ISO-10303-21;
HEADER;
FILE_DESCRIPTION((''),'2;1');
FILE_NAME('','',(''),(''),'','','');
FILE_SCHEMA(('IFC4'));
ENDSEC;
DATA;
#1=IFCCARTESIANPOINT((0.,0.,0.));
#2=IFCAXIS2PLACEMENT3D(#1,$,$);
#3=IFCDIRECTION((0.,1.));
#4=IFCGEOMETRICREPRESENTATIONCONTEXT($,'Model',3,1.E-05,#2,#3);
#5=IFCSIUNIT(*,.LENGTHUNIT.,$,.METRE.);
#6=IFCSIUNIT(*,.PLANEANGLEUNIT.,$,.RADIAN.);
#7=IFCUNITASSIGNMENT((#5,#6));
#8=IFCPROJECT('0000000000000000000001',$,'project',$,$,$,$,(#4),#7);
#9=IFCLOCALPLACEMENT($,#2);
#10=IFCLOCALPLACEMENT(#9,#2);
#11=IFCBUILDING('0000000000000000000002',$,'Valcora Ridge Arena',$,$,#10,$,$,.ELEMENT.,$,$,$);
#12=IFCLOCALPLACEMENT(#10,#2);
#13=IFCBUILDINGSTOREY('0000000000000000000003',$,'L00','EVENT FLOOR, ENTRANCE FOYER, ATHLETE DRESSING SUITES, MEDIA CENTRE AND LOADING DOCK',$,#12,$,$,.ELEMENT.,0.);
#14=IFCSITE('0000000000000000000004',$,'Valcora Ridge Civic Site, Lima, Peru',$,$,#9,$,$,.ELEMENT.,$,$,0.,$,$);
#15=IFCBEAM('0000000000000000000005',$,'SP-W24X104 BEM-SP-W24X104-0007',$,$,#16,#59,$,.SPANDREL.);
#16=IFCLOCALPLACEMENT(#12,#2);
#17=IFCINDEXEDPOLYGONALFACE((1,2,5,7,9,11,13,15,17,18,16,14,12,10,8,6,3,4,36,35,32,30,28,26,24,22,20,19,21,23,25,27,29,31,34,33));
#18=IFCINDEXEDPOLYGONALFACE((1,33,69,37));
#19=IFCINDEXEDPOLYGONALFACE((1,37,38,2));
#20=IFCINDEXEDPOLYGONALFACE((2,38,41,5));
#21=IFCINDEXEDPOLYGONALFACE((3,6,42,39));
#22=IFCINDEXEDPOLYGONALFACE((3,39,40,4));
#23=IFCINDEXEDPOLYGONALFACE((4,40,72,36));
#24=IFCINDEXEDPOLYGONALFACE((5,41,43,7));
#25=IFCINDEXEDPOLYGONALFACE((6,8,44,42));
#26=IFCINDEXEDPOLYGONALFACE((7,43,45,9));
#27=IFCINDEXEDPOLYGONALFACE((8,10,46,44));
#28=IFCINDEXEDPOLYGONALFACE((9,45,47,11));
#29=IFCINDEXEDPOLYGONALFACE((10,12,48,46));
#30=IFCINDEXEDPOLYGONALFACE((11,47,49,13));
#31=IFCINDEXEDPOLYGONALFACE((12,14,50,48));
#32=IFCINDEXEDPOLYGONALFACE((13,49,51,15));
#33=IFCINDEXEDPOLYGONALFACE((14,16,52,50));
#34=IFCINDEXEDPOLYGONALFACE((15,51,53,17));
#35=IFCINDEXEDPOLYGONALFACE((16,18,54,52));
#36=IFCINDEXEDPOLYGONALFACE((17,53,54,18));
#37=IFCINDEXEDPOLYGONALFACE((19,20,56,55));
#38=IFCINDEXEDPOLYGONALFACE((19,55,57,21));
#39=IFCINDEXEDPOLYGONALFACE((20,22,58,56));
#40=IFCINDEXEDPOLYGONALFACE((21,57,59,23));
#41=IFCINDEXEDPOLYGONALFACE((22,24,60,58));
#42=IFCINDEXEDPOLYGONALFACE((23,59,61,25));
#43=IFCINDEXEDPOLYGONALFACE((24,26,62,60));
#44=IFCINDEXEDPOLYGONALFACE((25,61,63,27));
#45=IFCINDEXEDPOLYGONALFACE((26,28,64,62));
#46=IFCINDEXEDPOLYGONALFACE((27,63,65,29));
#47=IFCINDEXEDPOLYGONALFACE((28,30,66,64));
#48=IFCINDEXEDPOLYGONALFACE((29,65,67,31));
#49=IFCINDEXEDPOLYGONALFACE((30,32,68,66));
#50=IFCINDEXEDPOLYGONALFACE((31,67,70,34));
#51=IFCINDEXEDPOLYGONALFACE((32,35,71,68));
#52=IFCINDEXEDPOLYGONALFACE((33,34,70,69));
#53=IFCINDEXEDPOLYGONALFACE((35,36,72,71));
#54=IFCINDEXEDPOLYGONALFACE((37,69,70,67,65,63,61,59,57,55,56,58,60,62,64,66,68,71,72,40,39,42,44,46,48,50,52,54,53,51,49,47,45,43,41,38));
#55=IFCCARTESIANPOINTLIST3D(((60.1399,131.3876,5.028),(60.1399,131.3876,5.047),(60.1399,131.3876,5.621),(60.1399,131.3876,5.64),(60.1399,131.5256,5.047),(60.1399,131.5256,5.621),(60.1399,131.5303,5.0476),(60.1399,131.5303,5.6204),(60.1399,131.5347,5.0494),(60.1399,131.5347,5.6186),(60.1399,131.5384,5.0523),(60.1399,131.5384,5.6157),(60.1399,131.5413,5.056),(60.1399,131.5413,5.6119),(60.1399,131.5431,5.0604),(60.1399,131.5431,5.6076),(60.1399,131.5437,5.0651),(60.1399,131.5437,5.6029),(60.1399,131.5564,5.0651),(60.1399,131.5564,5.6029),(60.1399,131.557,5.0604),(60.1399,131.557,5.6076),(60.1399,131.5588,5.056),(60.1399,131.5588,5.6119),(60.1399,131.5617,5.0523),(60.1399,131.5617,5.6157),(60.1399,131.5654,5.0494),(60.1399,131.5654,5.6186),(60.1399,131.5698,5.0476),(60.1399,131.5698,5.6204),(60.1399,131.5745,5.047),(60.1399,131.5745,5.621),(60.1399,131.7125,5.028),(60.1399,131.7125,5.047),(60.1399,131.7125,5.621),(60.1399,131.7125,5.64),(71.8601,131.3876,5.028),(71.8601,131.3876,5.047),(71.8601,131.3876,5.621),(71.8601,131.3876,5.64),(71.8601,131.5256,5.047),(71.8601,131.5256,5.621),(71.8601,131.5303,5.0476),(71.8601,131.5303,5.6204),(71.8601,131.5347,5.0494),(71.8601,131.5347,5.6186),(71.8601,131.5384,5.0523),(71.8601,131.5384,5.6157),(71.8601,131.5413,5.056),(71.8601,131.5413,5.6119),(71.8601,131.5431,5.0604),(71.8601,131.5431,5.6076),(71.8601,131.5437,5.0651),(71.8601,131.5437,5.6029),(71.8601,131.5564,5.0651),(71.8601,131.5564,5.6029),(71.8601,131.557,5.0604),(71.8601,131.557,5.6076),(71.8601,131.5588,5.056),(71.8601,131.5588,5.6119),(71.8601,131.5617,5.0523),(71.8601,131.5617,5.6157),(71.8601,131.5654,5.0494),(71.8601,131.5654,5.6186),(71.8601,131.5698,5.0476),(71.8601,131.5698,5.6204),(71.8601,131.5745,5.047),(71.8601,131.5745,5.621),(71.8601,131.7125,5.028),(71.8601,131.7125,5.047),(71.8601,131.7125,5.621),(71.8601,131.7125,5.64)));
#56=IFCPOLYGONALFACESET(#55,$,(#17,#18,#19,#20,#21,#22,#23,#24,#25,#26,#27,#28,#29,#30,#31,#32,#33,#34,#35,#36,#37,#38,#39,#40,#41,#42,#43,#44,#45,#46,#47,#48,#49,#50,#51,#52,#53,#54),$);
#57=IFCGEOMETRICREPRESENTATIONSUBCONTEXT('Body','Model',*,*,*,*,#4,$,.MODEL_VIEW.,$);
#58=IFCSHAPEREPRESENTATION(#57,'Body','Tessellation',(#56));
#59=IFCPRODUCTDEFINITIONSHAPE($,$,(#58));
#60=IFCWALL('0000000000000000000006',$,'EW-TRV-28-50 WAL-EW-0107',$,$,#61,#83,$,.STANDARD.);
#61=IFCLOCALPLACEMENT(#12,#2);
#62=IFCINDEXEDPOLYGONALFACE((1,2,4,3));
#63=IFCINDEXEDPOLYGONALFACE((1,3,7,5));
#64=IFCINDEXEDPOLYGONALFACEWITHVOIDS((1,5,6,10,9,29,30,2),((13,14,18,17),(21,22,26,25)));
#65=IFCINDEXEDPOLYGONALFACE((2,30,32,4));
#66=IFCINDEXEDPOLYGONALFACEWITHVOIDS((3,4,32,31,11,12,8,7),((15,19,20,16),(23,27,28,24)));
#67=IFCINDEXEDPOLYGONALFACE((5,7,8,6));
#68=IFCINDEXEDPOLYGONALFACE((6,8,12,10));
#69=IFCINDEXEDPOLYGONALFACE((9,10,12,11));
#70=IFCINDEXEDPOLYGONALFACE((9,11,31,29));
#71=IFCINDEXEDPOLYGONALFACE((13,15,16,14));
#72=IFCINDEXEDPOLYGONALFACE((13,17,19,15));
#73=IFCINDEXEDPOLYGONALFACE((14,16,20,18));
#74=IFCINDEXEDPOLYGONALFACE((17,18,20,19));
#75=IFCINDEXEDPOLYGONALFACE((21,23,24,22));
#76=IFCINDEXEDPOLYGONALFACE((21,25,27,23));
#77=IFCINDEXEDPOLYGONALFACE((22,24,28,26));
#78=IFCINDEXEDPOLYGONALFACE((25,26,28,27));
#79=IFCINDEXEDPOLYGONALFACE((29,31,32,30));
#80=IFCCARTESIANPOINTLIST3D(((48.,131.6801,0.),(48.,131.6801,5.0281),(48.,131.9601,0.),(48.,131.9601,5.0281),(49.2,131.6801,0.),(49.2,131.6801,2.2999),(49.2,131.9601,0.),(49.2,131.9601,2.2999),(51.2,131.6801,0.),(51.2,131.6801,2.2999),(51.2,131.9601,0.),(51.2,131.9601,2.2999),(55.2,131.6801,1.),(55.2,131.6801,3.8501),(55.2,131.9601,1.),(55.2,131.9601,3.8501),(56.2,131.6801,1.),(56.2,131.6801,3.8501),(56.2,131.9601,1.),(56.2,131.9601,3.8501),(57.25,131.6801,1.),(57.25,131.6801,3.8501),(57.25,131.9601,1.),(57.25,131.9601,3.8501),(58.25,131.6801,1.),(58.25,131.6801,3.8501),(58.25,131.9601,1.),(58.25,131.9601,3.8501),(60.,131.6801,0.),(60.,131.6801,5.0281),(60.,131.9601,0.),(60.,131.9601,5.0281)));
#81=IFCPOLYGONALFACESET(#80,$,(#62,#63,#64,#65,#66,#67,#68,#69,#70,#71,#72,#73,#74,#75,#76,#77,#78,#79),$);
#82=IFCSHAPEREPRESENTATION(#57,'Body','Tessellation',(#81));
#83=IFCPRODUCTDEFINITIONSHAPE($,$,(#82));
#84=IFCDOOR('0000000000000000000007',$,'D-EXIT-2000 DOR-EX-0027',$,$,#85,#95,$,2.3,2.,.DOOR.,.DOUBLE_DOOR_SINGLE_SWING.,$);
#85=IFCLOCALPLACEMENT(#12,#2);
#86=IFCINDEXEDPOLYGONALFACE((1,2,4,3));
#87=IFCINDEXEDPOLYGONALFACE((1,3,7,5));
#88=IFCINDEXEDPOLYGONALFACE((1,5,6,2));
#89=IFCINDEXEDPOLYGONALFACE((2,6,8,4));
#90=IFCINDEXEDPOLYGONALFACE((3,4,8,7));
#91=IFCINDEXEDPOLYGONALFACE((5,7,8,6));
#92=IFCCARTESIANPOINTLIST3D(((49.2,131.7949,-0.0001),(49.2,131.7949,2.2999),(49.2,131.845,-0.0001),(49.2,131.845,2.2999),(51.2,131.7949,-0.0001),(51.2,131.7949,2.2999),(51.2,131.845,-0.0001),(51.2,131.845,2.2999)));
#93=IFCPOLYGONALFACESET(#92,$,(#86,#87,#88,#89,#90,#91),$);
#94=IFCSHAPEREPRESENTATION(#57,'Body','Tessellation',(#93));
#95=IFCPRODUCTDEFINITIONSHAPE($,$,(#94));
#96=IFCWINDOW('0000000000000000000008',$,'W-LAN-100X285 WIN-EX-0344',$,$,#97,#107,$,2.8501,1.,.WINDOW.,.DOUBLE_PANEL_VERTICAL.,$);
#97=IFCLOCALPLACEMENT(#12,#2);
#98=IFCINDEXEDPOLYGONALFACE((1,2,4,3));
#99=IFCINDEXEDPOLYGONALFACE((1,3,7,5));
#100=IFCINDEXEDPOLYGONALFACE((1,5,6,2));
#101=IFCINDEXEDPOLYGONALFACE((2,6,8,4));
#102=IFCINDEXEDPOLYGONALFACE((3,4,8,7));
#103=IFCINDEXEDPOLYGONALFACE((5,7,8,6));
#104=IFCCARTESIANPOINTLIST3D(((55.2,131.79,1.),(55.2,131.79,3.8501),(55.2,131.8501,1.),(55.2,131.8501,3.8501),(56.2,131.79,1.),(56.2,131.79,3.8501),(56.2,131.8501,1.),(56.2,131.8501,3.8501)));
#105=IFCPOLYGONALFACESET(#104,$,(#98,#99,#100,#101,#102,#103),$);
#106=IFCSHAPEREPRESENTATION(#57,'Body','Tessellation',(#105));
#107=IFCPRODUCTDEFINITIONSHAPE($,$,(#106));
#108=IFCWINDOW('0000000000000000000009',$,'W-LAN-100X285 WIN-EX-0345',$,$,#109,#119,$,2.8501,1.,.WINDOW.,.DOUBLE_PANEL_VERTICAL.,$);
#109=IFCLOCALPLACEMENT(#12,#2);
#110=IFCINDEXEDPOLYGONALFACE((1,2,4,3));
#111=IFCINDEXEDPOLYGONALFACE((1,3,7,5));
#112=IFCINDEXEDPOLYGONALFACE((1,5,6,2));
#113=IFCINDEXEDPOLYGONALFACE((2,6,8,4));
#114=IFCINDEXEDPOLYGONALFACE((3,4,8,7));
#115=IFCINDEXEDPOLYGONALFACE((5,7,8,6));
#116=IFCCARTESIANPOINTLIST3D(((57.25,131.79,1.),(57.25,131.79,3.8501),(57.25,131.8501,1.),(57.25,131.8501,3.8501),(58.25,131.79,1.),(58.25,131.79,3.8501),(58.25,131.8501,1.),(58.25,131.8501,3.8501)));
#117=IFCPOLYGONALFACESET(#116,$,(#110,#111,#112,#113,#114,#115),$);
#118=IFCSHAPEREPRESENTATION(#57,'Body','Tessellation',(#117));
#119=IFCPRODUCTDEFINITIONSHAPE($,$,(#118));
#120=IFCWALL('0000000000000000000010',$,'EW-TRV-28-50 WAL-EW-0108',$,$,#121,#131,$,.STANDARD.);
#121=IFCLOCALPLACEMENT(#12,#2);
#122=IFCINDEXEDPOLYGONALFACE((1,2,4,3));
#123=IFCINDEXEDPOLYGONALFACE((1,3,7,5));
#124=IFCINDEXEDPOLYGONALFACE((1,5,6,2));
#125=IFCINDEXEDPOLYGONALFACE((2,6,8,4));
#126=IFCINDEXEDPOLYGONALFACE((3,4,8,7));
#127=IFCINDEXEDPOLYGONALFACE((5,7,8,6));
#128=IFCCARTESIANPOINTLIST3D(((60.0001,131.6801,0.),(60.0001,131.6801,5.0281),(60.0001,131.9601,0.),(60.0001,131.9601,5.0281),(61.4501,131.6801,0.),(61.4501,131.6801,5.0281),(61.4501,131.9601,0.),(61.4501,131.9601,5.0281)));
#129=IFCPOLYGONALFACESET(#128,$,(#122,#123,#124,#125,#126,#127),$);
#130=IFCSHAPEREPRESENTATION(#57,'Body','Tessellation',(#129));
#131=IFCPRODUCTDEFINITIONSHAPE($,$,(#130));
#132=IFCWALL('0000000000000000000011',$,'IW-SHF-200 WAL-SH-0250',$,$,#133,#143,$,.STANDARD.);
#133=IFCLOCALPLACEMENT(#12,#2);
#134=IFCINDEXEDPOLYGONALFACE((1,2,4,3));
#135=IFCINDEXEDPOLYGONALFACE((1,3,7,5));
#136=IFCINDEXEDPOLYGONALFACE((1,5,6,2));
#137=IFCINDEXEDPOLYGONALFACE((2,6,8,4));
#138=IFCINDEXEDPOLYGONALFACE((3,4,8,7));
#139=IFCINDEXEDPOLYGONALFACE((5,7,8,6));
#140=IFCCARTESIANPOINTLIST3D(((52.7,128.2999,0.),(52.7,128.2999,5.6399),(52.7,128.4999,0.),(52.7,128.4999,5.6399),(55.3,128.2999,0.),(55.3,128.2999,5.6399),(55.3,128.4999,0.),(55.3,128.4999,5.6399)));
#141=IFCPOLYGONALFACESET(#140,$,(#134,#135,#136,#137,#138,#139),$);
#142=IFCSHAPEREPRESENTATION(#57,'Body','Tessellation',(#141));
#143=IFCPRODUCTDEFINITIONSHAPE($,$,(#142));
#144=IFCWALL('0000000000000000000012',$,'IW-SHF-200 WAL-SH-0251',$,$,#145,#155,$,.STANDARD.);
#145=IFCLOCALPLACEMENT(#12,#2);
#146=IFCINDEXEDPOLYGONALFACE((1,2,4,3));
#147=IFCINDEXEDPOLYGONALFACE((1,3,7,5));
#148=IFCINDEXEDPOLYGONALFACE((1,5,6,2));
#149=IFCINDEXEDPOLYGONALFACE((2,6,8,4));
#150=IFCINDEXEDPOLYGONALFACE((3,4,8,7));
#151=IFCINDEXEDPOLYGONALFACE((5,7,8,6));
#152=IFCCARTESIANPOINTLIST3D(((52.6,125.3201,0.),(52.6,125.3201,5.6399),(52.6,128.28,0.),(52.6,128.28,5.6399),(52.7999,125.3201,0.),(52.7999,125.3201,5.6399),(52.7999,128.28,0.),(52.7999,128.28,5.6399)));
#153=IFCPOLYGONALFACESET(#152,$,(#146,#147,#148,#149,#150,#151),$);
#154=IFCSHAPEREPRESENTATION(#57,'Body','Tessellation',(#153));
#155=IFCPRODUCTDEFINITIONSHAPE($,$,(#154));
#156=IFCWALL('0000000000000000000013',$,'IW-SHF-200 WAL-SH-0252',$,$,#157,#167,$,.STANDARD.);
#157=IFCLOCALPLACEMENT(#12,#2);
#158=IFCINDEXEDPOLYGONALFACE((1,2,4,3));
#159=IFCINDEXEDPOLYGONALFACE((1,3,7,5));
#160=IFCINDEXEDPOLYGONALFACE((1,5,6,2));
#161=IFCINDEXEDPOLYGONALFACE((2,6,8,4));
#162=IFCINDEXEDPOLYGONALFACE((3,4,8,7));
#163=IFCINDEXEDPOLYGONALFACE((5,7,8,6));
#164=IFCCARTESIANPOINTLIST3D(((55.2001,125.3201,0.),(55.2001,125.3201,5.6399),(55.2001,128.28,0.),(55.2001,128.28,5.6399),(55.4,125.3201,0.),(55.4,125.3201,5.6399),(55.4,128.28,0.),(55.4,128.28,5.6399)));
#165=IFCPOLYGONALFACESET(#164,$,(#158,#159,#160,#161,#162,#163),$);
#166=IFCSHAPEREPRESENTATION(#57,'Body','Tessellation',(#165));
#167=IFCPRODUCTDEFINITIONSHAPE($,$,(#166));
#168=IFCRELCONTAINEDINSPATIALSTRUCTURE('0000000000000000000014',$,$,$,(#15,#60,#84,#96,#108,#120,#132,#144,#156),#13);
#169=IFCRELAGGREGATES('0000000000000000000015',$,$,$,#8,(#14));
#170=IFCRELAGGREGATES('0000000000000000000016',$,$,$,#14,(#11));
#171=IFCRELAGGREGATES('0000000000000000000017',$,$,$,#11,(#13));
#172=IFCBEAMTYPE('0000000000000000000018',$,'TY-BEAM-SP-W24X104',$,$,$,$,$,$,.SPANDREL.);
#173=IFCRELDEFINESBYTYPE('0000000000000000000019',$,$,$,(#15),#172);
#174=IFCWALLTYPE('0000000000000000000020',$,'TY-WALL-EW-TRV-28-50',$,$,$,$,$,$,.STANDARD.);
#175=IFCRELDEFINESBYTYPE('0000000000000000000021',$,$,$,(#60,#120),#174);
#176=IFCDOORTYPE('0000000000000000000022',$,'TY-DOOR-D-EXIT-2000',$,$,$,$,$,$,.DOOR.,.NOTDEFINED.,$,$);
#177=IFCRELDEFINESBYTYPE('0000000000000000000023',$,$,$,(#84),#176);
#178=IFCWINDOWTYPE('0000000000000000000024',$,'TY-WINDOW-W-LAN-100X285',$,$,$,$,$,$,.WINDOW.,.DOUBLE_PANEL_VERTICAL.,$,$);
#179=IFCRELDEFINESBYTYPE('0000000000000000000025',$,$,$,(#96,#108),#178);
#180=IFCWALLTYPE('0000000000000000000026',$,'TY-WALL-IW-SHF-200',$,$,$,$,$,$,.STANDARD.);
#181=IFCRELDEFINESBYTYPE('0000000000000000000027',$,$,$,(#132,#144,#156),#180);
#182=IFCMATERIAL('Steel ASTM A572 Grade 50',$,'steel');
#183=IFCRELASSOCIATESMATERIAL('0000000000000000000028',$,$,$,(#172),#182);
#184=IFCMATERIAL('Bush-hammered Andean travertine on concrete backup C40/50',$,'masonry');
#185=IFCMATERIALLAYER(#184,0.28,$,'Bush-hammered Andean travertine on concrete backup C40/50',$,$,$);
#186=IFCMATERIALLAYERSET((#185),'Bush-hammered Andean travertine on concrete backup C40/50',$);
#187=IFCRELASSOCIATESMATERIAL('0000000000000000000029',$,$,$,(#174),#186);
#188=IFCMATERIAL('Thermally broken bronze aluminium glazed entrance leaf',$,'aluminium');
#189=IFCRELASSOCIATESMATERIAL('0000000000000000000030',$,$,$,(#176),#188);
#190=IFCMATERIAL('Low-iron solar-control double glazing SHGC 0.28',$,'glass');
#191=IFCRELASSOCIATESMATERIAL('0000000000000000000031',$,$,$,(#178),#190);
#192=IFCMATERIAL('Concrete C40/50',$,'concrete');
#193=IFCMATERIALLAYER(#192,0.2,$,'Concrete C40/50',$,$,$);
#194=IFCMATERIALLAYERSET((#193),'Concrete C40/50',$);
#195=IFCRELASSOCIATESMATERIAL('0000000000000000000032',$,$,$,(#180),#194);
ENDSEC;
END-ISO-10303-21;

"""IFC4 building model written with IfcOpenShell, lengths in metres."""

from ifc_helpers import new_model, si_unit, direction, frame, frame_2d, origin, origin_2d, place, context, subcontext, project, spatial, rectangle, i_section, extrude, material, layer, layer_set, material_profile, profile_set, type_object, element, fill, save


model = new_model("IFC4")

# Units and contexts
model_context = context("Model", 3, precision=1e-05, world=origin(), true_north=direction((0.0, 1.0)))
body_context = subcontext(model_context, "Body", "Model", "MODEL_VIEW")
ifc_project = project(units=[si_unit("LENGTHUNIT", "METRE"), si_unit("PLANEANGLEUNIT", "RADIAN")], contexts=[model_context])

# Site, building, storey
site_placement = place(None, origin())
site = spatial("IfcSite", under=ifc_project, at=site_placement, Name="Valcora Ridge Civic Site, Lima, Peru", CompositionType="ELEMENT", RefElevation=0.0)
building_placement = place(site_placement, origin())
building = spatial("IfcBuilding", under=site, at=building_placement, Name="Valcora Ridge Arena", CompositionType="ELEMENT")
storey_placement = place(building_placement, origin())
storey = spatial("IfcBuildingStorey", under=building, at=storey_placement, Name="L00", Description="EVENT FLOOR, ENTRANCE FOYER, ATHLETE DRESSING SUITES, MEDIA CENTRE AND LOADING DOCK", CompositionType="ELEMENT", Elevation=0.0)

# Shared definitions
ifc_material_1 = material(Name="Concrete C40/50", Category="concrete")

# Beam
ifc_material_2 = material(Name="Steel ASTM A572 Grade 50", Category="steel")
ifc_material_profile_1 = material_profile(ifc_material_2, i_section(OverallWidth=0.325, OverallDepth=0.6121, WebThickness=0.0127, FlangeThickness=0.019, FilletRadius=0.0181, at=origin_2d()), Name="W24X104")
ifc_profile_set_1 = profile_set([ifc_material_profile_1], Name="Steel ASTM A572 Grade 50")
beam_type = type_object("IfcBeamType", Name="TY-BEAM-SP-W24X104", PredefinedType="SPANDREL", material=ifc_profile_set_1)
for number, where, z_axis, x_axis, name in (
    (1, (60.1399, 131.55, 5.334), (1.0, 0.0, 0.0), (0.0, 1.0, 0.0), "SP-W24X104 BEM-SP-W24X104-0007"),
):
    element("IfcBeam", number, at=place(storey_placement, frame(where, z_axis=z_axis, x_axis=x_axis)), inside=storey, type_object=beam_type, Name=name, PredefinedType="SPANDREL", context=body_context, shape_type="SweptSolid", body=[
        extrude(i_section(OverallWidth=0.325, OverallDepth=0.6121, WebThickness=0.0127, FlangeThickness=0.019, FilletRadius=0.0181, at=origin_2d()), origin(), (0.0, 0.0, 1.0), 11.7202),
    ])

# Wall, openings, door, windows
ifc_material_3 = material(Name="Bush-hammered Andean travertine on concrete backup C40/50", Category="masonry")
ifc_layer_1 = layer(ifc_material_3, 0.28, Name="Bush-hammered Andean travertine on concrete backup C40/50")
ifc_layer_set_1 = layer_set([ifc_layer_1], Name="Bush-hammered Andean travertine on concrete backup C40/50")
wall_type_1 = type_object("IfcWallType", Name="TY-WALL-EW-TRV-28-50", PredefinedType="STANDARD", material=ifc_layer_set_1)
wall_1_placement = place(storey_placement, frame((48.0, 131.8201, 0.0), z_axis=(0.0, 0.0, 1.0), x_axis=(1.0, 0.0, 0.0)))
wall_1 = element("IfcWall", 2, at=wall_1_placement, inside=storey, type_object=wall_type_1, Name="EW-TRV-28-50 WAL-EW-0107", PredefinedType="STANDARD", context=body_context, shape_type="SweptSolid", body=[
    extrude(rectangle(XDim=12.0, YDim=0.28, at=frame_2d((6.0, 0.0))), origin(), (0.0, 0.0, 1.0), 5.0281),
])
opening_1_placement = place(wall_1_placement, frame((1.2, 0.0, 0.0)))
opening_1 = element("IfcOpeningElement", 3, at=opening_1_placement, cuts=wall_1, PredefinedType="OPENING", context=body_context, shape_type="SweptSolid", body=[
    extrude(rectangle(XDim=2.0, YDim=2.3, at=frame_2d((1.0, 1.1499))), frame((0.0, 0.1499, 0.0), z_axis=(0.0, -1.0, 0.0), x_axis=(1.0, 0.0, 0.0)), (0.0, 0.0, 1.0), 0.3),
])
opening_2_placement = place(wall_1_placement, frame((7.2, 0.0, 1.0)))
opening_2 = element("IfcOpeningElement", 4, at=opening_2_placement, cuts=wall_1, PredefinedType="OPENING", context=body_context, shape_type="SweptSolid", body=[
    extrude(rectangle(XDim=1.0, YDim=2.8501, at=frame_2d((0.5, 1.425))), frame((0.0, 0.1499, 0.0), z_axis=(0.0, -1.0, 0.0), x_axis=(1.0, 0.0, 0.0)), (0.0, 0.0, 1.0), 0.3),
])
opening_3_placement = place(wall_1_placement, frame((9.25, 0.0, 1.0)))
opening_3 = element("IfcOpeningElement", 5, at=opening_3_placement, cuts=wall_1, PredefinedType="OPENING", context=body_context, shape_type="SweptSolid", body=[
    extrude(rectangle(XDim=1.0, YDim=2.8501, at=frame_2d((0.5, 1.425))), frame((0.0, 0.1499, 0.0), z_axis=(0.0, -1.0, 0.0), x_axis=(1.0, 0.0, 0.0)), (0.0, 0.0, 1.0), 0.3),
])
ifc_material_4 = material(Name="Thermally broken bronze aluminium glazed entrance leaf", Category="aluminium")
door_type_1 = type_object("IfcDoorType", Name="TY-DOOR-D-EXIT-2000", OperationType="NOTDEFINED", PredefinedType="DOOR", material=ifc_material_4)
door_1_placement = place(opening_1_placement, origin())
door_1 = element("IfcDoor", 6, at=door_1_placement, inside=storey, type_object=door_type_1, Name="D-EXIT-2000 DOR-EX-0027", OperationType="DOUBLE_DOOR_SINGLE_SWING", OverallHeight=2.3, OverallWidth=2.0, PredefinedType="DOOR", context=body_context, shape_type="SweptSolid", body=[
    extrude(rectangle(XDim=2.0, YDim=2.3, at=frame_2d((1.0, 1.1499))), frame((0.0, 0.0249, 0.0), z_axis=(0.0, -1.0, 0.0), x_axis=(1.0, 0.0, 0.0)), (0.0, 0.0, 1.0), 0.05),
])
fill(opening_1, door_1)
ifc_material_5 = material(Name="Low-iron solar-control double glazing SHGC 0.28", Category="glass")
window_type = type_object("IfcWindowType", Name="TY-WINDOW-W-LAN-100X285", PartitioningType="DOUBLE_PANEL_VERTICAL", PredefinedType="WINDOW", material=ifc_material_5)
window_1_placement = place(opening_2_placement, origin())
window_1 = element("IfcWindow", 7, at=window_1_placement, inside=storey, type_object=window_type, Name="W-LAN-100X285 WIN-EX-0344", OverallHeight=2.8501, OverallWidth=1.0, PartitioningType="DOUBLE_PANEL_VERTICAL", PredefinedType="WINDOW", context=body_context, shape_type="SweptSolid", body=[
    extrude(rectangle(XDim=1.0, YDim=2.8501, at=frame_2d((0.5, 1.425))), frame((0.0, 0.03, 0.0), z_axis=(0.0, -1.0, 0.0), x_axis=(1.0, 0.0, 0.0)), (0.0, 0.0, 1.0), 0.0601),
])
fill(opening_2, window_1)
window_2_placement = place(opening_3_placement, origin())
window_2 = element("IfcWindow", 8, at=window_2_placement, inside=storey, type_object=window_type, Name="W-LAN-100X285 WIN-EX-0345", OverallHeight=2.8501, OverallWidth=1.0, PartitioningType="DOUBLE_PANEL_VERTICAL", PredefinedType="WINDOW", context=body_context, shape_type="SweptSolid", body=[
    extrude(rectangle(XDim=1.0, YDim=2.8501, at=frame_2d((0.5, 1.425))), frame((0.0, 0.03, 0.0), z_axis=(0.0, -1.0, 0.0), x_axis=(1.0, 0.0, 0.0)), (0.0, 0.0, 1.0), 0.0601),
])
fill(opening_3, window_2)

# Wall
wall_2_placement = place(storey_placement, frame((60.0, 131.8201, 0.0), z_axis=(0.0, 0.0, 1.0), x_axis=(1.0, 0.0, 0.0)))
element("IfcWall", 9, at=wall_2_placement, inside=storey, type_object=wall_type_1, Name="EW-TRV-28-50 WAL-EW-0108", PredefinedType="STANDARD", context=body_context, shape_type="SweptSolid", body=[
    extrude(rectangle(XDim=1.45, YDim=0.28, at=frame_2d((0.7251, 0.0))), origin(), (0.0, 0.0, 1.0), 5.0281),
])

# Shared definitions
ifc_layer_2 = layer(ifc_material_1, 0.2, Name="Concrete C40/50")
ifc_layer_set_2 = layer_set([ifc_layer_2], Name="Concrete C40/50")
wall_type_2 = type_object("IfcWallType", Name="TY-WALL-IW-SHF-200", PredefinedType="STANDARD", material=ifc_layer_set_2)

# Walls
wall_3_placement = place(storey_placement, frame((52.7, 128.3999, 0.0), z_axis=(0.0, 0.0, 1.0), x_axis=(1.0, 0.0, 0.0)))
element("IfcWall", 10, at=wall_3_placement, inside=storey, type_object=wall_type_2, Name="IW-SHF-200 WAL-SH-0250", PredefinedType="STANDARD", context=body_context, shape_type="SweptSolid", body=[
    extrude(rectangle(XDim=2.6001, YDim=0.2, at=frame_2d((1.3, 0.0))), origin(), (0.0, 0.0, 1.0), 5.6399),
])
for number, where, z_axis, x_axis, name in (
    (11, (52.7, 125.3201, 0.0), (0.0, 0.0, 1.0), (0.0, 1.0, 0.0), "IW-SHF-200 WAL-SH-0251"),
    (12, (55.3, 125.3201, 0.0), (0.0, 0.0, 1.0), (0.0, 1.0, 0.0), "IW-SHF-200 WAL-SH-0252"),
):
    element("IfcWall", number, at=place(storey_placement, frame(where, z_axis=z_axis, x_axis=x_axis)), inside=storey, type_object=wall_type_2, Name=name, PredefinedType="STANDARD", context=body_context, shape_type="SweptSolid", body=[
        extrude(rectangle(XDim=2.96, YDim=0.2, at=frame_2d((1.48, 0.0))), origin(), (0.0, 0.0, 1.0), 5.6399),
    ])

save(model, "model.ifc")
